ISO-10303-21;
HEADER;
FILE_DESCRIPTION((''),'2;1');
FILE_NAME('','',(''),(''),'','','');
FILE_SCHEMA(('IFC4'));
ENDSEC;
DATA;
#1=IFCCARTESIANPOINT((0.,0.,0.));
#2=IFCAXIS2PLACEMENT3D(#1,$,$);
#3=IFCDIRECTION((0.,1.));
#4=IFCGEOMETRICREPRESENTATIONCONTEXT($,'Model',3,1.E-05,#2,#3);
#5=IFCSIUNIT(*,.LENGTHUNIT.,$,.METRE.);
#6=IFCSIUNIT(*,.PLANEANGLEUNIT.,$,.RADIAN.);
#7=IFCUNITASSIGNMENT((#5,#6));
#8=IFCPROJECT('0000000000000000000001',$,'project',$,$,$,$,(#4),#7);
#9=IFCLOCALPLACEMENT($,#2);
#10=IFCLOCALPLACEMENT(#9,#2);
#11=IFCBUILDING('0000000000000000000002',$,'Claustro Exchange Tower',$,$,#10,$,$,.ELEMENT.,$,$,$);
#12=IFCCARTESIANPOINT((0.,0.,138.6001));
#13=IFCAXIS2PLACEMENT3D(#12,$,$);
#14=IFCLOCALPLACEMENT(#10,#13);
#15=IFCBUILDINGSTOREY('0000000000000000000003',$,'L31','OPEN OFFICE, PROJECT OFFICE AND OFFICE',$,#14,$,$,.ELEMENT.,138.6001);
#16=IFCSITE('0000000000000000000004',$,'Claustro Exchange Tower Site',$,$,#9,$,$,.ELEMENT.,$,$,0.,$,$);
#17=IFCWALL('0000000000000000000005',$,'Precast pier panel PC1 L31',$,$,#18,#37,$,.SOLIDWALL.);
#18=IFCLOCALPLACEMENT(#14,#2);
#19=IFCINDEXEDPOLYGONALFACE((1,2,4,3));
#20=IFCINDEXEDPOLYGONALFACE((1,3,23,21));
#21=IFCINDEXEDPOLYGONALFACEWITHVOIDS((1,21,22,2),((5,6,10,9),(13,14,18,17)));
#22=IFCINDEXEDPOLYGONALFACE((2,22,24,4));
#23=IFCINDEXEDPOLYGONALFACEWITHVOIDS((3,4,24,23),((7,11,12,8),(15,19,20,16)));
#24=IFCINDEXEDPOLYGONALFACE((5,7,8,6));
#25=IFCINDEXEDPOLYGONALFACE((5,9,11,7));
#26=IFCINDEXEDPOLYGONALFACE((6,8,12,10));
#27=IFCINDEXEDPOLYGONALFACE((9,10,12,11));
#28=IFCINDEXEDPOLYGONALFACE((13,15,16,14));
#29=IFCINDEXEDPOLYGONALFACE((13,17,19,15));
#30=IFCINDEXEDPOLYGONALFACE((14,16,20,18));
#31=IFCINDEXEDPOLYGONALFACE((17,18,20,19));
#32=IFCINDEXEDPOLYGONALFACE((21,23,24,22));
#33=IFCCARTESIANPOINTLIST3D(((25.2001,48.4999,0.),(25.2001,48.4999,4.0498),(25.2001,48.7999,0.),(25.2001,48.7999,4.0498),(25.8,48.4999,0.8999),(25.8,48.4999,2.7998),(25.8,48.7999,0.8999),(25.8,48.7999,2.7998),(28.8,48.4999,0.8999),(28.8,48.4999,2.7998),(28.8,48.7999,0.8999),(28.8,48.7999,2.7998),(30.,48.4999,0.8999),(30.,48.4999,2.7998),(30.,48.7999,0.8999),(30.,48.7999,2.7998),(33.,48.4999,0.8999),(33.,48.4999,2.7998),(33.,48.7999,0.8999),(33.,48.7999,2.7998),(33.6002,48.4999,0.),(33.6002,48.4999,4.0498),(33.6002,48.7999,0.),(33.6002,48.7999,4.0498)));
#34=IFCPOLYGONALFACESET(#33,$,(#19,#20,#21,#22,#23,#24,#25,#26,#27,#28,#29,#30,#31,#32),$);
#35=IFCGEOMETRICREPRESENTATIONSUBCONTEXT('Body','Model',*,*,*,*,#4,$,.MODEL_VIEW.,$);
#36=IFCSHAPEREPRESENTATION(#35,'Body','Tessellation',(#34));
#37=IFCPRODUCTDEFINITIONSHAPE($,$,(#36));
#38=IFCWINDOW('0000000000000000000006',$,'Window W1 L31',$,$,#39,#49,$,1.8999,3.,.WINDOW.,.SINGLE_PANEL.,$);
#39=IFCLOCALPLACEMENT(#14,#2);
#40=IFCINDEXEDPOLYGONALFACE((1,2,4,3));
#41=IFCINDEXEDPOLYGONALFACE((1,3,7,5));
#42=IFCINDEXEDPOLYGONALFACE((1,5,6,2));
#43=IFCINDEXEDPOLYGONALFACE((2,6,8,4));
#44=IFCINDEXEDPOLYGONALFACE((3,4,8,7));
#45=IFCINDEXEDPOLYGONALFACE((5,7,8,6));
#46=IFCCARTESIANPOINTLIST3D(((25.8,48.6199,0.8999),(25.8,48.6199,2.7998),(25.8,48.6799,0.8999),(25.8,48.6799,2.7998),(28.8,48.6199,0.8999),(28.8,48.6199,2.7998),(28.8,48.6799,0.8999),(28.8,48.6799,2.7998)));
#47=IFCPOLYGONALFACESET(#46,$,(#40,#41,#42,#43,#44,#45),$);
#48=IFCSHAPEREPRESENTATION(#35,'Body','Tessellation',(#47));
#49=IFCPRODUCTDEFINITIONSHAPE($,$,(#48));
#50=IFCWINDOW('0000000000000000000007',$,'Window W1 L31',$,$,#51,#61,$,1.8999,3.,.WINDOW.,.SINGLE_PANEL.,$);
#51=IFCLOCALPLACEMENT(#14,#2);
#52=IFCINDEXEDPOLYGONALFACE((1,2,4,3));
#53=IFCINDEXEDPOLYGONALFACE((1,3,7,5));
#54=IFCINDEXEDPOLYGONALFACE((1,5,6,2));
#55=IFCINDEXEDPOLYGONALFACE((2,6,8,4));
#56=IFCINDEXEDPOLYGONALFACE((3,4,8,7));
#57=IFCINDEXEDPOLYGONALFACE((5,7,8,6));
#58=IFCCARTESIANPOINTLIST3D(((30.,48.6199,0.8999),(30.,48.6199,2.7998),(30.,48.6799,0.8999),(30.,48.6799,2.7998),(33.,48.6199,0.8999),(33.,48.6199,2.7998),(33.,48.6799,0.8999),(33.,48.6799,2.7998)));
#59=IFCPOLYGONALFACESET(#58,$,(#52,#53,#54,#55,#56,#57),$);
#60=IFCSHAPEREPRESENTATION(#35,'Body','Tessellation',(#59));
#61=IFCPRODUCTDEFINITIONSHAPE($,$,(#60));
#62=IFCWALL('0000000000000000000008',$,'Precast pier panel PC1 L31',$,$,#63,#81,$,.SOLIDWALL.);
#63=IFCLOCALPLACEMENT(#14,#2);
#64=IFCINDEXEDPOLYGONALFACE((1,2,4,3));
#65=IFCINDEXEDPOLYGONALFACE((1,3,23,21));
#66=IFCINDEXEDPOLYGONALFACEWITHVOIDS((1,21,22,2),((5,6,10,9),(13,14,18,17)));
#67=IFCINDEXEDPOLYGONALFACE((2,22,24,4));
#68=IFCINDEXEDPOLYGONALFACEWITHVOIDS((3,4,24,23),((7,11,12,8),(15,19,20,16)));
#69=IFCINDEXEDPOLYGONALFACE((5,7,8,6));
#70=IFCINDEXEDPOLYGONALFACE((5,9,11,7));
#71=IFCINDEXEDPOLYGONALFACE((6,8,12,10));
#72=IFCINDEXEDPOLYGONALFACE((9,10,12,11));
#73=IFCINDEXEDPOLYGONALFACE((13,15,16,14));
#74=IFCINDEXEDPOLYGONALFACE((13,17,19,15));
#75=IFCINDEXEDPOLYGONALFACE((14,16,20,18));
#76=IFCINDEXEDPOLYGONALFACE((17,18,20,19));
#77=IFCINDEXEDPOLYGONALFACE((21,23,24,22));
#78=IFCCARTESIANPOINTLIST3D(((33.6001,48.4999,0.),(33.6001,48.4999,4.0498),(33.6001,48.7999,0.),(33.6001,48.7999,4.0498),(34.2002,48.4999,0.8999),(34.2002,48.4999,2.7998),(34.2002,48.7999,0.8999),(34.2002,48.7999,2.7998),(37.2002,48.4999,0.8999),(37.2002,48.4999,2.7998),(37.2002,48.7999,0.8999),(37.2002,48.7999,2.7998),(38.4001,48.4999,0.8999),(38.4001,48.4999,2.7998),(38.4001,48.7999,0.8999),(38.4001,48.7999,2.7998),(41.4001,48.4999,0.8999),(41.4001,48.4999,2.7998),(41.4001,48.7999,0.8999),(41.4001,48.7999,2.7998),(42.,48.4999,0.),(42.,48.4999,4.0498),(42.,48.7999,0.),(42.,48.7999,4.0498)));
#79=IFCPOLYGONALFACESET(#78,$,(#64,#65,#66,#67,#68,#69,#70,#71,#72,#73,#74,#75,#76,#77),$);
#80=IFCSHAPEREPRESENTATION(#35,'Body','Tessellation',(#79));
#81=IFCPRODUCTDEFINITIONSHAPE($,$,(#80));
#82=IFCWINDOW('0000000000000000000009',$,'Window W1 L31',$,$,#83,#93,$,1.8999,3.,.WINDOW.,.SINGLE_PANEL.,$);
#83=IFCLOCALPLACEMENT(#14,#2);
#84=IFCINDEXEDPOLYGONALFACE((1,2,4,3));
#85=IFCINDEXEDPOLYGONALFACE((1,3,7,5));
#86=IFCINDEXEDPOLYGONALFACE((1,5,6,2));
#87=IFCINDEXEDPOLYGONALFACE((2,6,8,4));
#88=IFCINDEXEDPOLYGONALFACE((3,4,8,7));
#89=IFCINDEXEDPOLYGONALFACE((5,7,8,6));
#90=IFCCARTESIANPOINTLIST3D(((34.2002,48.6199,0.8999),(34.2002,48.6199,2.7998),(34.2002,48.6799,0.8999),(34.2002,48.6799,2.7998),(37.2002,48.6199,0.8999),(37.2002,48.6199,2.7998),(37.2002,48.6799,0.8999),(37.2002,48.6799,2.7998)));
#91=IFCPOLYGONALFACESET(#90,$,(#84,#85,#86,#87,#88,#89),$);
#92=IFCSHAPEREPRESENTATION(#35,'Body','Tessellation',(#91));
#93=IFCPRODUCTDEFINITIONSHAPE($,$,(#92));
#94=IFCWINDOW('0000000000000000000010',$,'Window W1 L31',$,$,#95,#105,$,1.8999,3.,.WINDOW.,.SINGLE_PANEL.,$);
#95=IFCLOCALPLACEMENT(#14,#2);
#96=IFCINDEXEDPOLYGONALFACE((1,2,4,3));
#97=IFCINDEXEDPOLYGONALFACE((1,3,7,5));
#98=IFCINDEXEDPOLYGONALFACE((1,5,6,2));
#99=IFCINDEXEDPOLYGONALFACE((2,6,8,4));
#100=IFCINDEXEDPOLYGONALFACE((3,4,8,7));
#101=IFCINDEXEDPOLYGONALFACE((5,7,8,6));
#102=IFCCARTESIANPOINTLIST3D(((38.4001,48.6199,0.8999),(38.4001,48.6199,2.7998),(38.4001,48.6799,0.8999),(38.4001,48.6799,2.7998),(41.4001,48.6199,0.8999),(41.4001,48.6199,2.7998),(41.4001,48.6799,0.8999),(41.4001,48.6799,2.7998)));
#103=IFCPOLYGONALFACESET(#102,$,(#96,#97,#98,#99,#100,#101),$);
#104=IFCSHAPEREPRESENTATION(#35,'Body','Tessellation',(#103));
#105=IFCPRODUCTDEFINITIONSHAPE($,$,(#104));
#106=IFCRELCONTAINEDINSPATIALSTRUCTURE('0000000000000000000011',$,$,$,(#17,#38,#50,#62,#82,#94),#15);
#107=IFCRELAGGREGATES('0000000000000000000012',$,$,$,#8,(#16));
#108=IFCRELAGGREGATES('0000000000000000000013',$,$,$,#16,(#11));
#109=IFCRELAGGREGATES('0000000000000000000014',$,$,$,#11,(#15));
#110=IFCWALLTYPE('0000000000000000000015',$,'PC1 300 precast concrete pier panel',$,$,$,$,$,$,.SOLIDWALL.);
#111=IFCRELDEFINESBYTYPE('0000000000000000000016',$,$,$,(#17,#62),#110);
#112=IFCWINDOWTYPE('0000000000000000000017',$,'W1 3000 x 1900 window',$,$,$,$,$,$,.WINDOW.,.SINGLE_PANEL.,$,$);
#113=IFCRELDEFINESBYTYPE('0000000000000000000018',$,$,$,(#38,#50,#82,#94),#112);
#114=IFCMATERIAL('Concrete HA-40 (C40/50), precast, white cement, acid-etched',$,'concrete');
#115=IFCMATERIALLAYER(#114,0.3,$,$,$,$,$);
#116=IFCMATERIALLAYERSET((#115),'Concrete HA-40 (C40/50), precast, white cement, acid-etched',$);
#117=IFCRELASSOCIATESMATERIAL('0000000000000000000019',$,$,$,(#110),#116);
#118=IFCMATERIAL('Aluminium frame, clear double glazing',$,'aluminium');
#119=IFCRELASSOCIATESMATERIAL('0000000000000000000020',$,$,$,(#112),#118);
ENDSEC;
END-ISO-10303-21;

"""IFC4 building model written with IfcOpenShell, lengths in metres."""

from ifc_helpers import new_model, si_unit, direction, frame, frame_2d, origin, place, context, subcontext, project, spatial, rectangle, extrude, material, layer, layer_set, type_object, element, fill, save


model = new_model("IFC4")

# Units and contexts
model_context = context("Model", 3, precision=1e-05, world=origin(), true_north=direction((0.0, 1.0)))
body_context = subcontext(model_context, "Body", "Model", "MODEL_VIEW")
ifc_project = project(units=[si_unit("LENGTHUNIT", "METRE"), si_unit("PLANEANGLEUNIT", "RADIAN")], contexts=[model_context])

# Site, building, storey
site_placement = place(None, origin())
site = spatial("IfcSite", under=ifc_project, at=site_placement, Name="Claustro Exchange Tower Site", CompositionType="ELEMENT", RefElevation=0.0)
building_placement = place(site_placement, origin())
building = spatial("IfcBuilding", under=site, at=building_placement, Name="Claustro Exchange Tower", CompositionType="ELEMENT")
storey_placement = place(building_placement, frame((0.0, 0.0, 138.6001)))
storey = spatial("IfcBuildingStorey", under=building, at=storey_placement, Name="L31", Description="OPEN OFFICE, PROJECT OFFICE AND OFFICE", CompositionType="ELEMENT", Elevation=138.6001)

# Walls, openings, windows
ifc_material_1 = material(Name="Concrete HA-40 (C40/50), precast, white cement, acid-etched", Category="concrete")
ifc_layer_1 = layer(ifc_material_1, 0.3)
ifc_layer_set_1 = layer_set([ifc_layer_1], Name="Concrete HA-40 (C40/50), precast, white cement, acid-etched")
wall_type_1 = type_object("IfcWallType", Name="PC1 300 precast concrete pier panel", PredefinedType="SOLIDWALL", material=ifc_layer_set_1)
wall_1_placement = place(storey_placement, frame((25.2, 48.6499, 0.0), z_axis=(0.0, 0.0, 1.0), x_axis=(1.0, 0.0, 0.0)))
wall_1 = element("IfcWall", 1, at=wall_1_placement, inside=storey, type_object=wall_type_1, Name="Precast pier panel PC1 L31", PredefinedType="SOLIDWALL", context=body_context, shape_type="SweptSolid", body=[
    extrude(rectangle(XDim=8.4001, YDim=0.3, at=frame_2d((4.2002, 0.0))), origin(), (0.0, 0.0, 1.0), 4.0498),
])
opening_1_placement = place(wall_1_placement, frame((0.6001, 0.0, 0.8999)))
opening_1 = element("IfcOpeningElement", 2, at=opening_1_placement, cuts=wall_1, PredefinedType="OPENING", context=body_context, shape_type="SweptSolid", body=[
    extrude(rectangle(XDim=3.0, YDim=1.8999, at=frame_2d((1.5, 0.95))), frame((0.0, 0.1599, 0.0), z_axis=(0.0, -1.0, 0.0), x_axis=(1.0, 0.0, 0.0)), (0.0, 0.0, 1.0), 0.3201),
])
opening_2_placement = place(wall_1_placement, frame((4.8, 0.0, 0.8999)))
opening_2 = element("IfcOpeningElement", 3, at=opening_2_placement, cuts=wall_1, PredefinedType="OPENING", context=body_context, shape_type="SweptSolid", body=[
    extrude(rectangle(XDim=3.0, YDim=1.8999, at=frame_2d((1.5, 0.95))), frame((0.0, 0.1599, 0.0), z_axis=(0.0, -1.0, 0.0), x_axis=(1.0, 0.0, 0.0)), (0.0, 0.0, 1.0), 0.3201),
])
ifc_material_2 = material(Name="Aluminium frame, clear double glazing", Category="aluminium")
window_type = type_object("IfcWindowType", Name="W1 3000 x 1900 window", PartitioningType="SINGLE_PANEL", PredefinedType="WINDOW", material=ifc_material_2)
window_1_placement = place(opening_1_placement, origin())
window_1 = element("IfcWindow", 4, at=window_1_placement, inside=storey, type_object=window_type, Name="Window W1 L31", OverallHeight=1.8999, OverallWidth=3.0, PartitioningType="SINGLE_PANEL", PredefinedType="WINDOW", context=body_context, shape_type="SweptSolid", body=[
    extrude(rectangle(XDim=3.0, YDim=1.8999, at=frame_2d((1.5, 0.95))), frame((0.0, 0.03, 0.0), z_axis=(0.0, -1.0, 0.0), x_axis=(1.0, 0.0, 0.0)), (0.0, 0.0, 1.0), 0.0601),
])
fill(opening_1, window_1)
window_2_placement = place(opening_2_placement, origin())
window_2 = element("IfcWindow", 5, at=window_2_placement, inside=storey, type_object=window_type, Name="Window W1 L31", OverallHeight=1.8999, OverallWidth=3.0, PartitioningType="SINGLE_PANEL", PredefinedType="WINDOW", context=body_context, shape_type="SweptSolid", body=[
    extrude(rectangle(XDim=3.0, YDim=1.8999, at=frame_2d((1.5, 0.95))), frame((0.0, 0.03, 0.0), z_axis=(0.0, -1.0, 0.0), x_axis=(1.0, 0.0, 0.0)), (0.0, 0.0, 1.0), 0.0601),
])
fill(opening_2, window_2)
wall_2_placement = place(storey_placement, frame((33.6001, 48.6499, 0.0), z_axis=(0.0, 0.0, 1.0), x_axis=(1.0, 0.0, 0.0)))
wall_2 = element("IfcWall", 6, at=wall_2_placement, inside=storey, type_object=wall_type_1, Name="Precast pier panel PC1 L31", PredefinedType="SOLIDWALL", context=body_context, shape_type="SweptSolid", body=[
    extrude(rectangle(XDim=8.3999, YDim=0.3, at=frame_2d((4.2, 0.0))), origin(), (0.0, 0.0, 1.0), 4.0498),
])
opening_3_placement = place(wall_2_placement, frame((0.6001, 0.0, 0.8999)))
opening_3 = element("IfcOpeningElement", 7, at=opening_3_placement, cuts=wall_2, PredefinedType="OPENING", context=body_context, shape_type="SweptSolid", body=[
    extrude(rectangle(XDim=3.0, YDim=1.8999, at=frame_2d((1.5, 0.95))), frame((0.0, 0.1599, 0.0), z_axis=(0.0, -1.0, 0.0), x_axis=(1.0, 0.0, 0.0)), (0.0, 0.0, 1.0), 0.3201),
])
opening_4_placement = place(wall_2_placement, frame((4.8, 0.0, 0.8999)))
opening_4 = element("IfcOpeningElement", 8, at=opening_4_placement, cuts=wall_2, PredefinedType="OPENING", context=body_context, shape_type="SweptSolid", body=[
    extrude(rectangle(XDim=3.0, YDim=1.8999, at=frame_2d((1.5, 0.95))), frame((0.0, 0.1599, 0.0), z_axis=(0.0, -1.0, 0.0), x_axis=(1.0, 0.0, 0.0)), (0.0, 0.0, 1.0), 0.3201),
])
window_3_placement = place(opening_3_placement, origin())
window_3 = element("IfcWindow", 9, at=window_3_placement, inside=storey, type_object=window_type, Name="Window W1 L31", OverallHeight=1.8999, OverallWidth=3.0, PartitioningType="SINGLE_PANEL", PredefinedType="WINDOW", context=body_context, shape_type="SweptSolid", body=[
    extrude(rectangle(XDim=3.0, YDim=1.8999, at=frame_2d((1.5, 0.95))), frame((0.0, 0.03, 0.0), z_axis=(0.0, -1.0, 0.0), x_axis=(1.0, 0.0, 0.0)), (0.0, 0.0, 1.0), 0.0601),
])
fill(opening_3, window_3)
window_4_placement = place(opening_4_placement, origin())
window_4 = element("IfcWindow", 10, at=window_4_placement, inside=storey, type_object=window_type, Name="Window W1 L31", OverallHeight=1.8999, OverallWidth=3.0, PartitioningType="SINGLE_PANEL", PredefinedType="WINDOW", context=body_context, shape_type="SweptSolid", body=[
    extrude(rectangle(XDim=3.0, YDim=1.8999, at=frame_2d((1.5, 0.95))), frame((0.0, 0.03, 0.0), z_axis=(0.0, -1.0, 0.0), x_axis=(1.0, 0.0, 0.0)), (0.0, 0.0, 1.0), 0.0601),
])
fill(opening_4, window_4)

save(model, "model.ifc")
